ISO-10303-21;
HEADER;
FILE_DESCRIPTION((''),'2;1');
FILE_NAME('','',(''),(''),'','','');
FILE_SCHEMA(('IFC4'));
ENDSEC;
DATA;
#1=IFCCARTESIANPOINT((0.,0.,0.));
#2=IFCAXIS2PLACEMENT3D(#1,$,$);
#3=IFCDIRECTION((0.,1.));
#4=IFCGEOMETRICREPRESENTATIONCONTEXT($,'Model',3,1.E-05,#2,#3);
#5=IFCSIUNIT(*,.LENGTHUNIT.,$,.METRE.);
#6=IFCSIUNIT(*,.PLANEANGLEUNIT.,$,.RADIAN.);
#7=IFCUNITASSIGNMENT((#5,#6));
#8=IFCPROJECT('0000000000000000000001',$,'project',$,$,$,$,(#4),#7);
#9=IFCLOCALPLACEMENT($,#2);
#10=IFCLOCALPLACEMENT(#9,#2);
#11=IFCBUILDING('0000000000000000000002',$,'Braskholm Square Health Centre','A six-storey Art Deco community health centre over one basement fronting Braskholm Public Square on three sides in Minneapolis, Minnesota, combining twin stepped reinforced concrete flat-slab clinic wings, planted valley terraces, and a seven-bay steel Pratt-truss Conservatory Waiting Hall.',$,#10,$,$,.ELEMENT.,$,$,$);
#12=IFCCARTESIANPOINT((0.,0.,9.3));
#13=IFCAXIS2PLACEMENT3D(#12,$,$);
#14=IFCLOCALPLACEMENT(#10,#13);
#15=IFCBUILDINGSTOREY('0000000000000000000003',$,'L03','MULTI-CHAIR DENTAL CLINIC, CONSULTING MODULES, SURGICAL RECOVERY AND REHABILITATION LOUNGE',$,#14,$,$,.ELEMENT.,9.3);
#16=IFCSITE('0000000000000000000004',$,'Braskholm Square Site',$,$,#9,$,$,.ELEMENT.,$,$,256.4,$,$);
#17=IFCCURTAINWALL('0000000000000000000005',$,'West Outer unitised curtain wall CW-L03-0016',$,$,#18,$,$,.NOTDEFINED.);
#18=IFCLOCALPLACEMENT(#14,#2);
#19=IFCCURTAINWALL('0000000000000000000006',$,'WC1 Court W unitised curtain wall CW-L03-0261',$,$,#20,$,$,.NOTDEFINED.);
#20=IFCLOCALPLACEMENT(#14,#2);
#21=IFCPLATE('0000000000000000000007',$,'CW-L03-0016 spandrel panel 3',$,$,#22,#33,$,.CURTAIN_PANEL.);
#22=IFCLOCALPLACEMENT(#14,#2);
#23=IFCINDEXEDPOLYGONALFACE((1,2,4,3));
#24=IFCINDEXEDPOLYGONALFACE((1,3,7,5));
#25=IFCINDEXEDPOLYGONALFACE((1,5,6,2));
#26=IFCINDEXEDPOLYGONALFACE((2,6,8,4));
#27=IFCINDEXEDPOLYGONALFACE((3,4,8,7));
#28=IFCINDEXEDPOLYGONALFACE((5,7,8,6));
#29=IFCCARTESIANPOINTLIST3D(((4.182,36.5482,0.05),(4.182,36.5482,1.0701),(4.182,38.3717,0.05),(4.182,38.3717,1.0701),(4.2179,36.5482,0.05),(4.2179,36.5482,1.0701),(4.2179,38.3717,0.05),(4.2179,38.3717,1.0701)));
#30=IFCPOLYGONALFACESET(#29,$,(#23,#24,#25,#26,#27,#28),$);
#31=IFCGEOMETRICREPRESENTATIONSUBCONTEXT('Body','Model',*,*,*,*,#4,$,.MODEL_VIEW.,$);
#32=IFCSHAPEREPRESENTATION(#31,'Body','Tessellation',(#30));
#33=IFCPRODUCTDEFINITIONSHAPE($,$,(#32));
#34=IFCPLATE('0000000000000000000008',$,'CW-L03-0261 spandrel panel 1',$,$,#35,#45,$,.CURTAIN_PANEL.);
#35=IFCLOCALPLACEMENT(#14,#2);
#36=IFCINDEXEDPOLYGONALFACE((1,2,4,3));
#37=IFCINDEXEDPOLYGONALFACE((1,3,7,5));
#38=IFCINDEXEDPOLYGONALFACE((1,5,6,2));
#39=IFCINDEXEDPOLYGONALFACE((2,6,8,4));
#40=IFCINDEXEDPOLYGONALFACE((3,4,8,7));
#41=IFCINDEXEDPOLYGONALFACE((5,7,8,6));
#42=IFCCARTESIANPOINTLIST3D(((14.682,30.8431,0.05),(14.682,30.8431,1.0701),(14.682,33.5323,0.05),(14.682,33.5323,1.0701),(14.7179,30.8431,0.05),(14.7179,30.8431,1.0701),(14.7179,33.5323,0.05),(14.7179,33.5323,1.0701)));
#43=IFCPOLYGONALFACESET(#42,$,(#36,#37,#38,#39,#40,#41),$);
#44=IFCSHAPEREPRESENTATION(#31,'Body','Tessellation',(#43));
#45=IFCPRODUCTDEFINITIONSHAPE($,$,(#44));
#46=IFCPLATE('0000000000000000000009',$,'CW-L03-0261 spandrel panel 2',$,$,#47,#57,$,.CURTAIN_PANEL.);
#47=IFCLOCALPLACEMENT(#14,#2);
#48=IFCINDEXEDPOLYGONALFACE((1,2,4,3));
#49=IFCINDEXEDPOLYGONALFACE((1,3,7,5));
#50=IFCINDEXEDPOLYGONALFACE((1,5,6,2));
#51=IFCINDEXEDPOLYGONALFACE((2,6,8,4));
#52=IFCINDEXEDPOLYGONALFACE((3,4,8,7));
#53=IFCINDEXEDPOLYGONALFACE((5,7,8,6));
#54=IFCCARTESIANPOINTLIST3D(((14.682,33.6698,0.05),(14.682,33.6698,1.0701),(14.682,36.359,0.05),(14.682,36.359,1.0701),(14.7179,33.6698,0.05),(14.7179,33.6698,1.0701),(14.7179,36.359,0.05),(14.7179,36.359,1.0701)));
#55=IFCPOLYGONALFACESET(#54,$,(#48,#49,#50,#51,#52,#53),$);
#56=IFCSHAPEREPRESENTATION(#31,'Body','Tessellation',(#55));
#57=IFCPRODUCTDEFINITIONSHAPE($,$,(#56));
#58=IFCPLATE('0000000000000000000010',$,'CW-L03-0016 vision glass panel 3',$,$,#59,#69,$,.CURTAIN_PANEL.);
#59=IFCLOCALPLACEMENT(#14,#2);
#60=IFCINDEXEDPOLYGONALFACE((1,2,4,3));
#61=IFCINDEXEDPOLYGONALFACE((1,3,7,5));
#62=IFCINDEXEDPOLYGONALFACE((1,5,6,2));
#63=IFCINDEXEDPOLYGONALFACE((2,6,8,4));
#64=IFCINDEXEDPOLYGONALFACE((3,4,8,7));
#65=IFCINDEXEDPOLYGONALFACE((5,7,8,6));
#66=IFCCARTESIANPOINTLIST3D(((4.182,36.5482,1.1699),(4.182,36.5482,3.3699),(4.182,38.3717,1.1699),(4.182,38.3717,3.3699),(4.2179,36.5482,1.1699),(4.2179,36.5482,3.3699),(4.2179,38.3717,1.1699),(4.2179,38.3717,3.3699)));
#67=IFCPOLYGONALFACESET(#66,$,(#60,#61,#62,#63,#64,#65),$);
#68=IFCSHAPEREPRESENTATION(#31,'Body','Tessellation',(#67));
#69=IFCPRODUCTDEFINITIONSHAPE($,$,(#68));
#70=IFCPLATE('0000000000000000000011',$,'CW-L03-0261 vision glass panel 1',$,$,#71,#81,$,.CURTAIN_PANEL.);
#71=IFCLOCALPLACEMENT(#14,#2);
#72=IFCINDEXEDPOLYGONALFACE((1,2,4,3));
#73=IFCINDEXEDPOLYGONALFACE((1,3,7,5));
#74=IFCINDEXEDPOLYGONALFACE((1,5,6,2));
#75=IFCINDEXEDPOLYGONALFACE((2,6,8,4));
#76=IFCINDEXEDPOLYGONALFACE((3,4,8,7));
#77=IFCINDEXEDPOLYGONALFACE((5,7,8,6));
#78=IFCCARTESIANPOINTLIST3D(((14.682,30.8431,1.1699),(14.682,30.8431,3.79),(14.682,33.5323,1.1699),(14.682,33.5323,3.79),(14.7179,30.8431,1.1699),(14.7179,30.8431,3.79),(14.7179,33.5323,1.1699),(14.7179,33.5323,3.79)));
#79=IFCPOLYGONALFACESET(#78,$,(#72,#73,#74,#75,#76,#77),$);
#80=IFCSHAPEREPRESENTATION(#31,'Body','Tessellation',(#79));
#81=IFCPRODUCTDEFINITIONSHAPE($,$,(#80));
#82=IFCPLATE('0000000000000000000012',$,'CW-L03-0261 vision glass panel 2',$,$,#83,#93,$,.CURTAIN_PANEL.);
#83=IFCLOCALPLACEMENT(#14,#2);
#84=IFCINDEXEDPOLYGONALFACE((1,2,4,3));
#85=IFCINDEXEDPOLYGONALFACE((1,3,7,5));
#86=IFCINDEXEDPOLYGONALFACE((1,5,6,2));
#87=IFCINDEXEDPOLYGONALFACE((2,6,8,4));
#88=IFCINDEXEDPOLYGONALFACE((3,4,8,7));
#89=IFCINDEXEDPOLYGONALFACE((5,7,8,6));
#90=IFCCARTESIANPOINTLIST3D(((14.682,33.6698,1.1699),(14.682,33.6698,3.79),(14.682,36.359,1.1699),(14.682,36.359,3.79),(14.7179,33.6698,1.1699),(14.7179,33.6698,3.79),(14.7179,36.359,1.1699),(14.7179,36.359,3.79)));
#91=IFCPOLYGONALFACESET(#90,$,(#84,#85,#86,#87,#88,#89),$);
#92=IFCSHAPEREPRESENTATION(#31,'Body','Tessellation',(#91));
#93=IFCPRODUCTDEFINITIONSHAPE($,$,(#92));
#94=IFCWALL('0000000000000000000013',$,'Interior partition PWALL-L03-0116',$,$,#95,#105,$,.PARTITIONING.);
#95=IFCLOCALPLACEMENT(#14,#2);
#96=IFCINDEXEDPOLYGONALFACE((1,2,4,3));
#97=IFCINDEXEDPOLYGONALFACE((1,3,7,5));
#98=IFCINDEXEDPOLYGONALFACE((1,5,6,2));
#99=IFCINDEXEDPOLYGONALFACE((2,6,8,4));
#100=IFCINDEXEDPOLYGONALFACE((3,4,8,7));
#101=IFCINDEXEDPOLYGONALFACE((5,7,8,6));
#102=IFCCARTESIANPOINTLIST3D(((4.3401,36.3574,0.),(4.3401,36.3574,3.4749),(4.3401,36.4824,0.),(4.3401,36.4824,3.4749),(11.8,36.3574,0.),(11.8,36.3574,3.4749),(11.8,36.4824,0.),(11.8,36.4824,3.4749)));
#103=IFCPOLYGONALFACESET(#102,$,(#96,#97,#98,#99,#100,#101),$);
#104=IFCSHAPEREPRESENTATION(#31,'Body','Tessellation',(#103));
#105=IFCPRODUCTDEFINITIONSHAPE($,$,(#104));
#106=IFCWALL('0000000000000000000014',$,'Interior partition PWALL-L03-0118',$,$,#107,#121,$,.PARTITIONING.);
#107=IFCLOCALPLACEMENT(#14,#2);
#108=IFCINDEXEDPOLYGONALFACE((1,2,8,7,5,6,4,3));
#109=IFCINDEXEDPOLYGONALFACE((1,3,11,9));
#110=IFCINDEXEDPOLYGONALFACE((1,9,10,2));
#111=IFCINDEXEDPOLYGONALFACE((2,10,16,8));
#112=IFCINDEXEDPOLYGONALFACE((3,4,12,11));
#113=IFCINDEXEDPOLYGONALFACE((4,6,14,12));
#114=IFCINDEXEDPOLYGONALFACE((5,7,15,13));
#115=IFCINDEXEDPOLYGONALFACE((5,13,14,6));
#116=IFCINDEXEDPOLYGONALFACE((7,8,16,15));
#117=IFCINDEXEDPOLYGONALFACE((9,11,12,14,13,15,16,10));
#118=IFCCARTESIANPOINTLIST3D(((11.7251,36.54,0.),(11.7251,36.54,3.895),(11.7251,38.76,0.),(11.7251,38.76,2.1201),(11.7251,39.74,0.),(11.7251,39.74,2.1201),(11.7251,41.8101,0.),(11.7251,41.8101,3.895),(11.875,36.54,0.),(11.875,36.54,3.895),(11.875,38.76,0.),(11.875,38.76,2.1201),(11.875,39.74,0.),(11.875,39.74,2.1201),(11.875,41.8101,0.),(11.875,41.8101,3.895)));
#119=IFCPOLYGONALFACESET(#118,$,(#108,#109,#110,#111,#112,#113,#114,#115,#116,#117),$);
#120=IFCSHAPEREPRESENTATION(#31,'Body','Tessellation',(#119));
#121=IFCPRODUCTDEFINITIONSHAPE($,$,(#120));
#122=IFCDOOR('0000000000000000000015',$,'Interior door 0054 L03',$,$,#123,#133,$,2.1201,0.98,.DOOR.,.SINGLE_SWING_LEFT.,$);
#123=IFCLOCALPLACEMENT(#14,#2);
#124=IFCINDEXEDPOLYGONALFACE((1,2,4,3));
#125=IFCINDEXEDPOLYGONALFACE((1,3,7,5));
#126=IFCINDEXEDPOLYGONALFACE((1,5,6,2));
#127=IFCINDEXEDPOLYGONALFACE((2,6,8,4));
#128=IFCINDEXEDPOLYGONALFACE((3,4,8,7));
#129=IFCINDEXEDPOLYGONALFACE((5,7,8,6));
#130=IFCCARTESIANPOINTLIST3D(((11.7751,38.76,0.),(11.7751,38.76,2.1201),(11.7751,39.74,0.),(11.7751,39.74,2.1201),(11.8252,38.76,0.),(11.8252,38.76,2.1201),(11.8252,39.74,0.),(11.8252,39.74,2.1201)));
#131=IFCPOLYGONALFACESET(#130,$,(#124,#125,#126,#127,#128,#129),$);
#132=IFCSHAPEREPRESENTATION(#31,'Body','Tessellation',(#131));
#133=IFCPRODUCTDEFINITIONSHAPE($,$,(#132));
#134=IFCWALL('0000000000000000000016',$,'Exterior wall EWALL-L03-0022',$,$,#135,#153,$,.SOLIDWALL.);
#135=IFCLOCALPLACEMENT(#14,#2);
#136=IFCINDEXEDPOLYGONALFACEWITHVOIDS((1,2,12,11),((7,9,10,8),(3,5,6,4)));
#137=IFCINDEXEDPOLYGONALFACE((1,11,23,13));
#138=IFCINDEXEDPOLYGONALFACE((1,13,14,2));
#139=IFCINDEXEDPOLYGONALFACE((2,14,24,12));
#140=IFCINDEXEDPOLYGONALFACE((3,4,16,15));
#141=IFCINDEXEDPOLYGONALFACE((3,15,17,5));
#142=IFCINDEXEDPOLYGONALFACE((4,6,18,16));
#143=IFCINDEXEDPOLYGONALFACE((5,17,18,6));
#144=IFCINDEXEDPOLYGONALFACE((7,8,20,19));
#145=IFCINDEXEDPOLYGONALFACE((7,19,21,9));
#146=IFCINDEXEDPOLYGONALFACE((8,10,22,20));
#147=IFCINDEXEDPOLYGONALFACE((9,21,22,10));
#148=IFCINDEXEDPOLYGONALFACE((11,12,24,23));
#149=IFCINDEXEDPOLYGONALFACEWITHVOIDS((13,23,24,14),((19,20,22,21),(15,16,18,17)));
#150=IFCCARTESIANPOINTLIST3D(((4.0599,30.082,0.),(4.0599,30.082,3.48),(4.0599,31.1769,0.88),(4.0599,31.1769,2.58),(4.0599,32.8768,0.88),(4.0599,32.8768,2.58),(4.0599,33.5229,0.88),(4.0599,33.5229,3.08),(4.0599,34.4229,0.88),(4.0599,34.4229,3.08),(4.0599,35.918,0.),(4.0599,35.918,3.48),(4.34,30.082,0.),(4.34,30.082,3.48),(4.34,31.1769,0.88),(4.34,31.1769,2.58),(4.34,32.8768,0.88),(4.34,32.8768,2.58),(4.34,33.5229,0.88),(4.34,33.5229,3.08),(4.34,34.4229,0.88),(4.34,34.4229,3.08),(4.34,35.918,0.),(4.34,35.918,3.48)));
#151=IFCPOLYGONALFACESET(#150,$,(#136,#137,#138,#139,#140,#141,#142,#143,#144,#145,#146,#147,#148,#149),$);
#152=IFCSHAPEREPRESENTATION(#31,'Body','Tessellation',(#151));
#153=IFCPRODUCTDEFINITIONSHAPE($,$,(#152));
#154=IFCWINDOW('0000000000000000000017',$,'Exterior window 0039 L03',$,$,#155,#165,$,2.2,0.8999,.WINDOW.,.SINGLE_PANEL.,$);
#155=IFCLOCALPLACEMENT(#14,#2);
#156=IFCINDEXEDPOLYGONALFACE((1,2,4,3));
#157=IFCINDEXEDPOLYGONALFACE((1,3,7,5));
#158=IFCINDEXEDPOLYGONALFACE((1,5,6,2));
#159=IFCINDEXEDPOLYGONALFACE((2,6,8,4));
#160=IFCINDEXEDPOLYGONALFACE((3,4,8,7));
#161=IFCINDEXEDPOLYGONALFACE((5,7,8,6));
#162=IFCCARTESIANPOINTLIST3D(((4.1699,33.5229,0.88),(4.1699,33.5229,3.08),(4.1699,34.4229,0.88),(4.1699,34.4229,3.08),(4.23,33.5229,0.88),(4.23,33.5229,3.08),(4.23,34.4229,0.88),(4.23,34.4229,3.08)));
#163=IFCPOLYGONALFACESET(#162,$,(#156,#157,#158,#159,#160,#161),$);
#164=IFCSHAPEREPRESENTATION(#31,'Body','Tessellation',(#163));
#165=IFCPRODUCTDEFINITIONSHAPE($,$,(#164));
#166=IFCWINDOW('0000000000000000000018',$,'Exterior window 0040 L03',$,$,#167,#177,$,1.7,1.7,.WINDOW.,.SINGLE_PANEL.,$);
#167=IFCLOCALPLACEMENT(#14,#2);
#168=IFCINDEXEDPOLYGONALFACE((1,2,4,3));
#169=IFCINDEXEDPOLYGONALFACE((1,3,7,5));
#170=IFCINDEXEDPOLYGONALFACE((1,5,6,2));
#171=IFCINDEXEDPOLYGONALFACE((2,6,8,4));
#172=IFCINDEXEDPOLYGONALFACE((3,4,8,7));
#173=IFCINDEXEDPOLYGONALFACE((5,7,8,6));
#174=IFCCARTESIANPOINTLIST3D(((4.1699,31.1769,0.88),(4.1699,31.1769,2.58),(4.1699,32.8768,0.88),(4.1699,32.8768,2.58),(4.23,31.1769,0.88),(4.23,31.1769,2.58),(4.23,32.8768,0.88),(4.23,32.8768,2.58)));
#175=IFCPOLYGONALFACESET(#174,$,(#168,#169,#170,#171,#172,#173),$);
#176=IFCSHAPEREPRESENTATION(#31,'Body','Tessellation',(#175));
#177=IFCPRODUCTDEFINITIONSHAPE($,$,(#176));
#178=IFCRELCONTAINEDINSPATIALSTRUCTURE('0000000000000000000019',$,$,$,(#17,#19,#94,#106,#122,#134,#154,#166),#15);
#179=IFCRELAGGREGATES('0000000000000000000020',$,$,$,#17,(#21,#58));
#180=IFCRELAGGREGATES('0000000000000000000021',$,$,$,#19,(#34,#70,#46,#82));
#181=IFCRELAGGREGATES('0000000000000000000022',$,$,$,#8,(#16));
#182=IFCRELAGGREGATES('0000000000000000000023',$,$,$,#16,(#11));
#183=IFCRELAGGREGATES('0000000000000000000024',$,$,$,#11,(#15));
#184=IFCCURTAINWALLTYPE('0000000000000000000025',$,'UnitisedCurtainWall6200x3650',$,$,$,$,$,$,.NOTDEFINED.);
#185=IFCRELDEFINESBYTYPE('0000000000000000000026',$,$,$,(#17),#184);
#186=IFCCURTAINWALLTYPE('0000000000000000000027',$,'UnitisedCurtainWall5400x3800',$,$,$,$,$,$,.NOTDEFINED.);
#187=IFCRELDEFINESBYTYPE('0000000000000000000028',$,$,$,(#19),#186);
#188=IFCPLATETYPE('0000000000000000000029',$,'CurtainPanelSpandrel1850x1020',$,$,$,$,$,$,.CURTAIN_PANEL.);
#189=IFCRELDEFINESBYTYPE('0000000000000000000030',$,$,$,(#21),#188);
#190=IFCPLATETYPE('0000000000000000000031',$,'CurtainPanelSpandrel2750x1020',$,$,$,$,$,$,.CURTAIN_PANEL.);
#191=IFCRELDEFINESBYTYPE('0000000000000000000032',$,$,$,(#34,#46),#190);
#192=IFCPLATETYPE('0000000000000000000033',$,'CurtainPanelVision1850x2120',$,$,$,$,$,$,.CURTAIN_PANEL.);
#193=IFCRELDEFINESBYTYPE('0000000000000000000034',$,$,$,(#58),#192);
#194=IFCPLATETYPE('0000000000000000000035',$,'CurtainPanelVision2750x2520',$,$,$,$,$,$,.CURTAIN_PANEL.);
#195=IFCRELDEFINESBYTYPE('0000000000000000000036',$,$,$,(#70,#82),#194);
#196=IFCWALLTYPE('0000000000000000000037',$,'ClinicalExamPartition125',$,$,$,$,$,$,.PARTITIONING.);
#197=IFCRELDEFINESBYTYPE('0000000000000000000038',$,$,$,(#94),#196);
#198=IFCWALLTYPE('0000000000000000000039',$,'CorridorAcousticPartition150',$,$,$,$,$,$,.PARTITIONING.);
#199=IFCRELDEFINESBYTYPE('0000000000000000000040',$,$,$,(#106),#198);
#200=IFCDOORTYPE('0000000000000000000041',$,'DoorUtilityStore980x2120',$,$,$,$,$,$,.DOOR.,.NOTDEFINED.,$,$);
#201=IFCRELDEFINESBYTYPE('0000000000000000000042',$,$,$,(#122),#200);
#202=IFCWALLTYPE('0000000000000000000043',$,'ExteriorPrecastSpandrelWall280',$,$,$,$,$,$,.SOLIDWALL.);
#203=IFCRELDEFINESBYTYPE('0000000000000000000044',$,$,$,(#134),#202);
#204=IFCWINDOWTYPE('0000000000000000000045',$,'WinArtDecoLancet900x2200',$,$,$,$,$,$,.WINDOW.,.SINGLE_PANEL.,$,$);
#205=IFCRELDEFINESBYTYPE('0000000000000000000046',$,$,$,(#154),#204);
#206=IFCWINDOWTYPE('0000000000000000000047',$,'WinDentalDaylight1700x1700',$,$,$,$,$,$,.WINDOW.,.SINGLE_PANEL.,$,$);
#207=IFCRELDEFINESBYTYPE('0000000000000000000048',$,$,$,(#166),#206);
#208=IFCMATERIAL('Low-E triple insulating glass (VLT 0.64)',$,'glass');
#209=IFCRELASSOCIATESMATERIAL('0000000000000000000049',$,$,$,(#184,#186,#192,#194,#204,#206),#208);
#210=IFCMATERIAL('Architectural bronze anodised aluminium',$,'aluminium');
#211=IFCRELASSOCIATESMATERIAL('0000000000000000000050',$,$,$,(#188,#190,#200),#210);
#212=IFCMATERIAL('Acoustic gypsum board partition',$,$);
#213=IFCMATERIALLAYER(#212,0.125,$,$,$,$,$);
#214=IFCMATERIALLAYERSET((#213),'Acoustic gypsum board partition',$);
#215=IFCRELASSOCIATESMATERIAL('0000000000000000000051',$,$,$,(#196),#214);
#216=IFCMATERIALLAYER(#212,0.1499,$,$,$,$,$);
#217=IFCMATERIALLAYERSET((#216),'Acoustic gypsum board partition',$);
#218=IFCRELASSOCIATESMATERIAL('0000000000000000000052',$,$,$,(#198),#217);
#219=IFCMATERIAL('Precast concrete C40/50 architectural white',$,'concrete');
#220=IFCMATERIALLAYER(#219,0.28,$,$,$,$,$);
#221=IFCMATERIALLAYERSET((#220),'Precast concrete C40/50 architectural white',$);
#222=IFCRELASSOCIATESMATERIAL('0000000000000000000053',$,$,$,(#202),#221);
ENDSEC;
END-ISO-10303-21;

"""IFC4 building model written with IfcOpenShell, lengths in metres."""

from ifc_helpers import new_model, si_unit, direction, frame, frame_2d, origin, origin_with_axes, origin_2d, place, context, subcontext, project, spatial, rectangle, extrude, material, layer, layer_set, type_object, element, fill, aggregate, save


model = new_model("IFC4")

# Units and contexts
model_context = context("Model", 3, precision=1e-05, world=origin(), true_north=direction((0.0, 1.0)))
body_context = subcontext(model_context, "Body", "Model", "MODEL_VIEW")
ifc_project = project(units=[si_unit("LENGTHUNIT", "METRE"), si_unit("PLANEANGLEUNIT", "RADIAN")], contexts=[model_context])

# Site, building, storey
site_placement = place(None, origin())
site = spatial("IfcSite", under=ifc_project, at=site_placement, Name="Braskholm Square Site", CompositionType="ELEMENT", RefElevation=256.4)
building_placement = place(site_placement, origin())
building = spatial("IfcBuilding", under=site, at=building_placement, Name="Braskholm Square Health Centre", Description="A six-storey Art Deco community health centre over one basement fronting Braskholm Public Square on three sides in Minneapolis, Minnesota, combining twin stepped reinforced concrete flat-slab clinic wings, planted valley terraces, and a seven-bay steel Pratt-truss Conservatory Waiting Hall.", CompositionType="ELEMENT")
storey_placement = place(building_placement, frame((0.0, 0.0, 9.3)))
storey = spatial("IfcBuildingStorey", under=building, at=storey_placement, Name="L03", Description="MULTI-CHAIR DENTAL CLINIC, CONSULTING MODULES, SURGICAL RECOVERY AND REHABILITATION LOUNGE", CompositionType="ELEMENT", Elevation=9.3)

# Shared definitions
ifc_material_1 = material(Name="Precast concrete C40/50 architectural white", Category="concrete")

# Curtain wall
ifc_material_2 = material(Name="Low-E triple insulating glass (VLT 0.64)", Category="glass")
curtain_wall_type_1 = type_object("IfcCurtainWallType", Name="UnitisedCurtainWall6200x3650", PredefinedType="NOTDEFINED", material=ifc_material_2)
curtain_wall_1_placement = place(storey_placement, origin())
curtain_wall_1 = element("IfcCurtainWall", 1, at=curtain_wall_1_placement, inside=storey, type_object=curtain_wall_type_1, Name="West Outer unitised curtain wall CW-L03-0016", PredefinedType="NOTDEFINED")
ifc_material_3 = material(Name="Architectural bronze anodised aluminium", Category="aluminium")

# Curtain wall
curtain_wall_type_2 = type_object("IfcCurtainWallType", Name="UnitisedCurtainWall5400x3800", PredefinedType="NOTDEFINED", material=ifc_material_2)
curtain_wall_2_placement = place(storey_placement, origin())
curtain_wall_2 = element("IfcCurtainWall", 2, at=curtain_wall_2_placement, inside=storey, type_object=curtain_wall_type_2, Name="WC1 Court W unitised curtain wall CW-L03-0261", PredefinedType="NOTDEFINED")

# Plates
plate_type_1 = type_object("IfcPlateType", Name="CurtainPanelSpandrel1850x1020", PredefinedType="CURTAIN_PANEL", material=ifc_material_3)
plate_1_placement = place(storey_placement, frame((4.2, 37.46, 0.05), z_axis=(0.0, 0.0, 1.0), x_axis=(0.0, -1.0, 0.0)))
plate_1 = element("IfcPlate", 3, at=plate_1_placement, type_object=plate_type_1, Name="CW-L03-0016 spandrel panel 3", PredefinedType="CURTAIN_PANEL", context=body_context, shape_type="SweptSolid", body=[
    extrude(rectangle(XDim=1.8235, YDim=0.0359, at=origin_2d()), origin(), (0.0, 0.0, 1.0), 1.02),
])
plate_type_2 = type_object("IfcPlateType", Name="CurtainPanelSpandrel2750x1020", PredefinedType="CURTAIN_PANEL", material=ifc_material_3)
plate_2_placement = place(storey_placement, frame((14.7, 32.1877, 0.05), z_axis=(0.0, 0.0, 1.0), x_axis=(0.0, 1.0, 0.0)))
plate_2 = element("IfcPlate", 4, at=plate_2_placement, type_object=plate_type_2, Name="CW-L03-0261 spandrel panel 1", PredefinedType="CURTAIN_PANEL", context=body_context, shape_type="SweptSolid", body=[
    extrude(rectangle(XDim=2.6892, YDim=0.0359, at=origin_2d()), origin(), (0.0, 0.0, 1.0), 1.02),
])
plate_3_placement = place(storey_placement, frame((14.7, 35.0144, 0.05), z_axis=(0.0, 0.0, 1.0), x_axis=(0.0, 1.0, 0.0)))
plate_3 = element("IfcPlate", 5, at=plate_3_placement, type_object=plate_type_2, Name="CW-L03-0261 spandrel panel 2", PredefinedType="CURTAIN_PANEL", context=body_context, shape_type="SweptSolid", body=[
    extrude(rectangle(XDim=2.6892, YDim=0.0359, at=origin_2d()), origin(), (0.0, 0.0, 1.0), 1.02),
])
plate_type_3 = type_object("IfcPlateType", Name="CurtainPanelVision1850x2120", PredefinedType="CURTAIN_PANEL", material=ifc_material_2)
plate_4_placement = place(storey_placement, frame((4.2, 37.46, 1.1699), z_axis=(0.0, 0.0, 1.0), x_axis=(0.0, -1.0, 0.0)))
plate_4 = element("IfcPlate", 6, at=plate_4_placement, type_object=plate_type_3, Name="CW-L03-0016 vision glass panel 3", PredefinedType="CURTAIN_PANEL", context=body_context, shape_type="SweptSolid", body=[
    extrude(rectangle(XDim=1.8235, YDim=0.0359, at=origin_2d()), origin(), (0.0, 0.0, 1.0), 2.2),
])
aggregate(curtain_wall_1, [plate_1, plate_4])
plate_type_4 = type_object("IfcPlateType", Name="CurtainPanelVision2750x2520", PredefinedType="CURTAIN_PANEL", material=ifc_material_2)
plate_5_placement = place(storey_placement, frame((14.7, 32.1877, 1.1699), z_axis=(0.0, 0.0, 1.0), x_axis=(0.0, 1.0, 0.0)))
plate_5 = element("IfcPlate", 7, at=plate_5_placement, type_object=plate_type_4, Name="CW-L03-0261 vision glass panel 1", PredefinedType="CURTAIN_PANEL", context=body_context, shape_type="SweptSolid", body=[
    extrude(rectangle(XDim=2.6892, YDim=0.0359, at=origin_2d()), origin(), (0.0, 0.0, 1.0), 2.6201),
])
plate_6_placement = place(storey_placement, frame((14.7, 35.0144, 1.1699), z_axis=(0.0, 0.0, 1.0), x_axis=(0.0, 1.0, 0.0)))
plate_6 = element("IfcPlate", 8, at=plate_6_placement, type_object=plate_type_4, Name="CW-L03-0261 vision glass panel 2", PredefinedType="CURTAIN_PANEL", context=body_context, shape_type="SweptSolid", body=[
    extrude(rectangle(XDim=2.6892, YDim=0.0359, at=origin_2d()), origin(), (0.0, 0.0, 1.0), 2.6201),
])
aggregate(curtain_wall_2, [plate_2, plate_5, plate_3, plate_6])

# Wall
ifc_material_4 = material(Name="Acoustic gypsum board partition")
ifc_layer_1 = layer(ifc_material_4, 0.125)
ifc_layer_set_1 = layer_set([ifc_layer_1], Name="Acoustic gypsum board partition")
wall_type_1 = type_object("IfcWallType", Name="ClinicalExamPartition125", PredefinedType="PARTITIONING", material=ifc_layer_set_1)
wall_1_placement = place(storey_placement, frame((4.3401, 36.4199, 0.0), z_axis=(0.0, 0.0, 1.0), x_axis=(1.0, 0.0, 0.0)))
element("IfcWall", 9, at=wall_1_placement, inside=storey, type_object=wall_type_1, Name="Interior partition PWALL-L03-0116", PredefinedType="PARTITIONING", context=body_context, shape_type="SweptSolid", body=[
    extrude(rectangle(XDim=7.46, YDim=0.125, at=frame_2d((3.73, 0.0))), origin(), (0.0, 0.0, 1.0), 3.4749),
])

# Wall, opening, door
ifc_layer_2 = layer(ifc_material_4, 0.1499)
ifc_layer_set_2 = layer_set([ifc_layer_2], Name="Acoustic gypsum board partition")
wall_type_2 = type_object("IfcWallType", Name="CorridorAcousticPartition150", PredefinedType="PARTITIONING", material=ifc_layer_set_2)
wall_2_placement = place(storey_placement, frame((11.8, 36.54, 0.0), z_axis=(0.0, 0.0, 1.0), x_axis=(0.0, 1.0, 0.0)))
wall_2 = element("IfcWall", 10, at=wall_2_placement, inside=storey, type_object=wall_type_2, Name="Interior partition PWALL-L03-0118", PredefinedType="PARTITIONING", context=body_context, shape_type="SweptSolid", body=[
    extrude(rectangle(XDim=5.27, YDim=0.1499, at=frame_2d((2.635, 0.0))), origin(), (0.0, 0.0, 1.0), 3.895),
])
opening_1_placement = place(wall_2_placement, frame((2.22, 0.0, 0.0)))
opening_1 = element("IfcOpeningElement", 11, at=opening_1_placement, cuts=wall_2, PredefinedType="OPENING", context=body_context, shape_type="SweptSolid", body=[
    extrude(rectangle(XDim=0.98, YDim=2.1201, at=frame_2d((0.49, 1.0601))), frame((0.0, 0.085, 0.0), z_axis=(0.0, -1.0, 0.0), x_axis=(1.0, 0.0, 0.0)), (0.0, 0.0, 1.0), 0.1699),
])
door_type = type_object("IfcDoorType", Name="DoorUtilityStore980x2120", OperationType="NOTDEFINED", PredefinedType="DOOR", material=ifc_material_3)
door_placement = place(opening_1_placement, origin_with_axes())
door = element("IfcDoor", 12, at=door_placement, inside=storey, type_object=door_type, Name="Interior door 0054 L03", OperationType="SINGLE_SWING_LEFT", OverallHeight=2.1201, OverallWidth=0.98, PredefinedType="DOOR", context=body_context, shape_type="SweptSolid", body=[
    extrude(rectangle(XDim=0.98, YDim=2.1201, at=frame_2d((0.49, 1.0601))), frame((0.0, 0.0249, 0.0), z_axis=(0.0, -1.0, 0.0), x_axis=(1.0, 0.0, 0.0)), (0.0, 0.0, 1.0), 0.05),
])
fill(opening_1, door)

# Wall, openings, windows
ifc_layer_3 = layer(ifc_material_1, 0.28)
ifc_layer_set_3 = layer_set([ifc_layer_3], Name="Precast concrete C40/50 architectural white")
wall_type_3 = type_object("IfcWallType", Name="ExteriorPrecastSpandrelWall280", PredefinedType="SOLIDWALL", material=ifc_layer_set_3)
wall_3_placement = place(storey_placement, frame((4.2, 35.918, 0.0), z_axis=(0.0, 0.0, 1.0), x_axis=(0.0, -1.0, 0.0)))
wall_3 = element("IfcWall", 13, at=wall_3_placement, inside=storey, type_object=wall_type_3, Name="Exterior wall EWALL-L03-0022", PredefinedType="SOLIDWALL", context=body_context, shape_type="SweptSolid", body=[
    extrude(rectangle(XDim=5.8359, YDim=0.28, at=frame_2d((2.918, 0.0))), origin(), (0.0, 0.0, 1.0), 3.48),
])
opening_2_placement = place(wall_3_placement, frame((1.4951, 0.0, 0.8799)))
opening_2 = element("IfcOpeningElement", 14, at=opening_2_placement, cuts=wall_3, PredefinedType="OPENING", context=body_context, shape_type="SweptSolid", body=[
    extrude(rectangle(XDim=0.8999, YDim=2.2, at=frame_2d((0.45, 1.1001))), frame((0.0, 0.1499, 0.0), z_axis=(0.0, -1.0, 0.0), x_axis=(1.0, 0.0, 0.0)), (0.0, 0.0, 1.0), 0.3),
])
opening_3_placement = place(wall_3_placement, frame((3.041, 0.0, 0.8799)))
opening_3 = element("IfcOpeningElement", 15, at=opening_3_placement, cuts=wall_3, PredefinedType="OPENING", context=body_context, shape_type="SweptSolid", body=[
    extrude(rectangle(XDim=1.7, YDim=1.7, at=frame_2d((0.8501, 0.8501))), frame((0.0, 0.1499, 0.0), z_axis=(0.0, -1.0, 0.0), x_axis=(1.0, 0.0, 0.0)), (0.0, 0.0, 1.0), 0.3),
])
window_type_1 = type_object("IfcWindowType", Name="WinArtDecoLancet900x2200", PartitioningType="SINGLE_PANEL", PredefinedType="WINDOW", material=ifc_material_2)
window_1_placement = place(opening_2_placement, origin_with_axes())
window_1 = element("IfcWindow", 16, at=window_1_placement, inside=storey, type_object=window_type_1, Name="Exterior window 0039 L03", OverallHeight=2.2, OverallWidth=0.8999, PartitioningType="SINGLE_PANEL", PredefinedType="WINDOW", context=body_context, shape_type="SweptSolid", body=[
    extrude(rectangle(XDim=0.8999, YDim=2.2, at=frame_2d((0.45, 1.1001))), frame((0.0, 0.03, 0.0), z_axis=(0.0, -1.0, 0.0), x_axis=(1.0, 0.0, 0.0)), (0.0, 0.0, 1.0), 0.0601),
])
fill(opening_2, window_1)
window_type_2 = type_object("IfcWindowType", Name="WinDentalDaylight1700x1700", PartitioningType="SINGLE_PANEL", PredefinedType="WINDOW", material=ifc_material_2)
window_2_placement = place(opening_3_placement, origin_with_axes())
window_2 = element("IfcWindow", 17, at=window_2_placement, inside=storey, type_object=window_type_2, Name="Exterior window 0040 L03", OverallHeight=1.7, OverallWidth=1.7, PartitioningType="SINGLE_PANEL", PredefinedType="WINDOW", context=body_context, shape_type="SweptSolid", body=[
    extrude(rectangle(XDim=1.7, YDim=1.7, at=frame_2d((0.8501, 0.8501))), frame((0.0, 0.03, 0.0), z_axis=(0.0, -1.0, 0.0), x_axis=(1.0, 0.0, 0.0)), (0.0, 0.0, 1.0), 0.0601),
])
fill(opening_3, window_2)

save(model, "model.ifc")
